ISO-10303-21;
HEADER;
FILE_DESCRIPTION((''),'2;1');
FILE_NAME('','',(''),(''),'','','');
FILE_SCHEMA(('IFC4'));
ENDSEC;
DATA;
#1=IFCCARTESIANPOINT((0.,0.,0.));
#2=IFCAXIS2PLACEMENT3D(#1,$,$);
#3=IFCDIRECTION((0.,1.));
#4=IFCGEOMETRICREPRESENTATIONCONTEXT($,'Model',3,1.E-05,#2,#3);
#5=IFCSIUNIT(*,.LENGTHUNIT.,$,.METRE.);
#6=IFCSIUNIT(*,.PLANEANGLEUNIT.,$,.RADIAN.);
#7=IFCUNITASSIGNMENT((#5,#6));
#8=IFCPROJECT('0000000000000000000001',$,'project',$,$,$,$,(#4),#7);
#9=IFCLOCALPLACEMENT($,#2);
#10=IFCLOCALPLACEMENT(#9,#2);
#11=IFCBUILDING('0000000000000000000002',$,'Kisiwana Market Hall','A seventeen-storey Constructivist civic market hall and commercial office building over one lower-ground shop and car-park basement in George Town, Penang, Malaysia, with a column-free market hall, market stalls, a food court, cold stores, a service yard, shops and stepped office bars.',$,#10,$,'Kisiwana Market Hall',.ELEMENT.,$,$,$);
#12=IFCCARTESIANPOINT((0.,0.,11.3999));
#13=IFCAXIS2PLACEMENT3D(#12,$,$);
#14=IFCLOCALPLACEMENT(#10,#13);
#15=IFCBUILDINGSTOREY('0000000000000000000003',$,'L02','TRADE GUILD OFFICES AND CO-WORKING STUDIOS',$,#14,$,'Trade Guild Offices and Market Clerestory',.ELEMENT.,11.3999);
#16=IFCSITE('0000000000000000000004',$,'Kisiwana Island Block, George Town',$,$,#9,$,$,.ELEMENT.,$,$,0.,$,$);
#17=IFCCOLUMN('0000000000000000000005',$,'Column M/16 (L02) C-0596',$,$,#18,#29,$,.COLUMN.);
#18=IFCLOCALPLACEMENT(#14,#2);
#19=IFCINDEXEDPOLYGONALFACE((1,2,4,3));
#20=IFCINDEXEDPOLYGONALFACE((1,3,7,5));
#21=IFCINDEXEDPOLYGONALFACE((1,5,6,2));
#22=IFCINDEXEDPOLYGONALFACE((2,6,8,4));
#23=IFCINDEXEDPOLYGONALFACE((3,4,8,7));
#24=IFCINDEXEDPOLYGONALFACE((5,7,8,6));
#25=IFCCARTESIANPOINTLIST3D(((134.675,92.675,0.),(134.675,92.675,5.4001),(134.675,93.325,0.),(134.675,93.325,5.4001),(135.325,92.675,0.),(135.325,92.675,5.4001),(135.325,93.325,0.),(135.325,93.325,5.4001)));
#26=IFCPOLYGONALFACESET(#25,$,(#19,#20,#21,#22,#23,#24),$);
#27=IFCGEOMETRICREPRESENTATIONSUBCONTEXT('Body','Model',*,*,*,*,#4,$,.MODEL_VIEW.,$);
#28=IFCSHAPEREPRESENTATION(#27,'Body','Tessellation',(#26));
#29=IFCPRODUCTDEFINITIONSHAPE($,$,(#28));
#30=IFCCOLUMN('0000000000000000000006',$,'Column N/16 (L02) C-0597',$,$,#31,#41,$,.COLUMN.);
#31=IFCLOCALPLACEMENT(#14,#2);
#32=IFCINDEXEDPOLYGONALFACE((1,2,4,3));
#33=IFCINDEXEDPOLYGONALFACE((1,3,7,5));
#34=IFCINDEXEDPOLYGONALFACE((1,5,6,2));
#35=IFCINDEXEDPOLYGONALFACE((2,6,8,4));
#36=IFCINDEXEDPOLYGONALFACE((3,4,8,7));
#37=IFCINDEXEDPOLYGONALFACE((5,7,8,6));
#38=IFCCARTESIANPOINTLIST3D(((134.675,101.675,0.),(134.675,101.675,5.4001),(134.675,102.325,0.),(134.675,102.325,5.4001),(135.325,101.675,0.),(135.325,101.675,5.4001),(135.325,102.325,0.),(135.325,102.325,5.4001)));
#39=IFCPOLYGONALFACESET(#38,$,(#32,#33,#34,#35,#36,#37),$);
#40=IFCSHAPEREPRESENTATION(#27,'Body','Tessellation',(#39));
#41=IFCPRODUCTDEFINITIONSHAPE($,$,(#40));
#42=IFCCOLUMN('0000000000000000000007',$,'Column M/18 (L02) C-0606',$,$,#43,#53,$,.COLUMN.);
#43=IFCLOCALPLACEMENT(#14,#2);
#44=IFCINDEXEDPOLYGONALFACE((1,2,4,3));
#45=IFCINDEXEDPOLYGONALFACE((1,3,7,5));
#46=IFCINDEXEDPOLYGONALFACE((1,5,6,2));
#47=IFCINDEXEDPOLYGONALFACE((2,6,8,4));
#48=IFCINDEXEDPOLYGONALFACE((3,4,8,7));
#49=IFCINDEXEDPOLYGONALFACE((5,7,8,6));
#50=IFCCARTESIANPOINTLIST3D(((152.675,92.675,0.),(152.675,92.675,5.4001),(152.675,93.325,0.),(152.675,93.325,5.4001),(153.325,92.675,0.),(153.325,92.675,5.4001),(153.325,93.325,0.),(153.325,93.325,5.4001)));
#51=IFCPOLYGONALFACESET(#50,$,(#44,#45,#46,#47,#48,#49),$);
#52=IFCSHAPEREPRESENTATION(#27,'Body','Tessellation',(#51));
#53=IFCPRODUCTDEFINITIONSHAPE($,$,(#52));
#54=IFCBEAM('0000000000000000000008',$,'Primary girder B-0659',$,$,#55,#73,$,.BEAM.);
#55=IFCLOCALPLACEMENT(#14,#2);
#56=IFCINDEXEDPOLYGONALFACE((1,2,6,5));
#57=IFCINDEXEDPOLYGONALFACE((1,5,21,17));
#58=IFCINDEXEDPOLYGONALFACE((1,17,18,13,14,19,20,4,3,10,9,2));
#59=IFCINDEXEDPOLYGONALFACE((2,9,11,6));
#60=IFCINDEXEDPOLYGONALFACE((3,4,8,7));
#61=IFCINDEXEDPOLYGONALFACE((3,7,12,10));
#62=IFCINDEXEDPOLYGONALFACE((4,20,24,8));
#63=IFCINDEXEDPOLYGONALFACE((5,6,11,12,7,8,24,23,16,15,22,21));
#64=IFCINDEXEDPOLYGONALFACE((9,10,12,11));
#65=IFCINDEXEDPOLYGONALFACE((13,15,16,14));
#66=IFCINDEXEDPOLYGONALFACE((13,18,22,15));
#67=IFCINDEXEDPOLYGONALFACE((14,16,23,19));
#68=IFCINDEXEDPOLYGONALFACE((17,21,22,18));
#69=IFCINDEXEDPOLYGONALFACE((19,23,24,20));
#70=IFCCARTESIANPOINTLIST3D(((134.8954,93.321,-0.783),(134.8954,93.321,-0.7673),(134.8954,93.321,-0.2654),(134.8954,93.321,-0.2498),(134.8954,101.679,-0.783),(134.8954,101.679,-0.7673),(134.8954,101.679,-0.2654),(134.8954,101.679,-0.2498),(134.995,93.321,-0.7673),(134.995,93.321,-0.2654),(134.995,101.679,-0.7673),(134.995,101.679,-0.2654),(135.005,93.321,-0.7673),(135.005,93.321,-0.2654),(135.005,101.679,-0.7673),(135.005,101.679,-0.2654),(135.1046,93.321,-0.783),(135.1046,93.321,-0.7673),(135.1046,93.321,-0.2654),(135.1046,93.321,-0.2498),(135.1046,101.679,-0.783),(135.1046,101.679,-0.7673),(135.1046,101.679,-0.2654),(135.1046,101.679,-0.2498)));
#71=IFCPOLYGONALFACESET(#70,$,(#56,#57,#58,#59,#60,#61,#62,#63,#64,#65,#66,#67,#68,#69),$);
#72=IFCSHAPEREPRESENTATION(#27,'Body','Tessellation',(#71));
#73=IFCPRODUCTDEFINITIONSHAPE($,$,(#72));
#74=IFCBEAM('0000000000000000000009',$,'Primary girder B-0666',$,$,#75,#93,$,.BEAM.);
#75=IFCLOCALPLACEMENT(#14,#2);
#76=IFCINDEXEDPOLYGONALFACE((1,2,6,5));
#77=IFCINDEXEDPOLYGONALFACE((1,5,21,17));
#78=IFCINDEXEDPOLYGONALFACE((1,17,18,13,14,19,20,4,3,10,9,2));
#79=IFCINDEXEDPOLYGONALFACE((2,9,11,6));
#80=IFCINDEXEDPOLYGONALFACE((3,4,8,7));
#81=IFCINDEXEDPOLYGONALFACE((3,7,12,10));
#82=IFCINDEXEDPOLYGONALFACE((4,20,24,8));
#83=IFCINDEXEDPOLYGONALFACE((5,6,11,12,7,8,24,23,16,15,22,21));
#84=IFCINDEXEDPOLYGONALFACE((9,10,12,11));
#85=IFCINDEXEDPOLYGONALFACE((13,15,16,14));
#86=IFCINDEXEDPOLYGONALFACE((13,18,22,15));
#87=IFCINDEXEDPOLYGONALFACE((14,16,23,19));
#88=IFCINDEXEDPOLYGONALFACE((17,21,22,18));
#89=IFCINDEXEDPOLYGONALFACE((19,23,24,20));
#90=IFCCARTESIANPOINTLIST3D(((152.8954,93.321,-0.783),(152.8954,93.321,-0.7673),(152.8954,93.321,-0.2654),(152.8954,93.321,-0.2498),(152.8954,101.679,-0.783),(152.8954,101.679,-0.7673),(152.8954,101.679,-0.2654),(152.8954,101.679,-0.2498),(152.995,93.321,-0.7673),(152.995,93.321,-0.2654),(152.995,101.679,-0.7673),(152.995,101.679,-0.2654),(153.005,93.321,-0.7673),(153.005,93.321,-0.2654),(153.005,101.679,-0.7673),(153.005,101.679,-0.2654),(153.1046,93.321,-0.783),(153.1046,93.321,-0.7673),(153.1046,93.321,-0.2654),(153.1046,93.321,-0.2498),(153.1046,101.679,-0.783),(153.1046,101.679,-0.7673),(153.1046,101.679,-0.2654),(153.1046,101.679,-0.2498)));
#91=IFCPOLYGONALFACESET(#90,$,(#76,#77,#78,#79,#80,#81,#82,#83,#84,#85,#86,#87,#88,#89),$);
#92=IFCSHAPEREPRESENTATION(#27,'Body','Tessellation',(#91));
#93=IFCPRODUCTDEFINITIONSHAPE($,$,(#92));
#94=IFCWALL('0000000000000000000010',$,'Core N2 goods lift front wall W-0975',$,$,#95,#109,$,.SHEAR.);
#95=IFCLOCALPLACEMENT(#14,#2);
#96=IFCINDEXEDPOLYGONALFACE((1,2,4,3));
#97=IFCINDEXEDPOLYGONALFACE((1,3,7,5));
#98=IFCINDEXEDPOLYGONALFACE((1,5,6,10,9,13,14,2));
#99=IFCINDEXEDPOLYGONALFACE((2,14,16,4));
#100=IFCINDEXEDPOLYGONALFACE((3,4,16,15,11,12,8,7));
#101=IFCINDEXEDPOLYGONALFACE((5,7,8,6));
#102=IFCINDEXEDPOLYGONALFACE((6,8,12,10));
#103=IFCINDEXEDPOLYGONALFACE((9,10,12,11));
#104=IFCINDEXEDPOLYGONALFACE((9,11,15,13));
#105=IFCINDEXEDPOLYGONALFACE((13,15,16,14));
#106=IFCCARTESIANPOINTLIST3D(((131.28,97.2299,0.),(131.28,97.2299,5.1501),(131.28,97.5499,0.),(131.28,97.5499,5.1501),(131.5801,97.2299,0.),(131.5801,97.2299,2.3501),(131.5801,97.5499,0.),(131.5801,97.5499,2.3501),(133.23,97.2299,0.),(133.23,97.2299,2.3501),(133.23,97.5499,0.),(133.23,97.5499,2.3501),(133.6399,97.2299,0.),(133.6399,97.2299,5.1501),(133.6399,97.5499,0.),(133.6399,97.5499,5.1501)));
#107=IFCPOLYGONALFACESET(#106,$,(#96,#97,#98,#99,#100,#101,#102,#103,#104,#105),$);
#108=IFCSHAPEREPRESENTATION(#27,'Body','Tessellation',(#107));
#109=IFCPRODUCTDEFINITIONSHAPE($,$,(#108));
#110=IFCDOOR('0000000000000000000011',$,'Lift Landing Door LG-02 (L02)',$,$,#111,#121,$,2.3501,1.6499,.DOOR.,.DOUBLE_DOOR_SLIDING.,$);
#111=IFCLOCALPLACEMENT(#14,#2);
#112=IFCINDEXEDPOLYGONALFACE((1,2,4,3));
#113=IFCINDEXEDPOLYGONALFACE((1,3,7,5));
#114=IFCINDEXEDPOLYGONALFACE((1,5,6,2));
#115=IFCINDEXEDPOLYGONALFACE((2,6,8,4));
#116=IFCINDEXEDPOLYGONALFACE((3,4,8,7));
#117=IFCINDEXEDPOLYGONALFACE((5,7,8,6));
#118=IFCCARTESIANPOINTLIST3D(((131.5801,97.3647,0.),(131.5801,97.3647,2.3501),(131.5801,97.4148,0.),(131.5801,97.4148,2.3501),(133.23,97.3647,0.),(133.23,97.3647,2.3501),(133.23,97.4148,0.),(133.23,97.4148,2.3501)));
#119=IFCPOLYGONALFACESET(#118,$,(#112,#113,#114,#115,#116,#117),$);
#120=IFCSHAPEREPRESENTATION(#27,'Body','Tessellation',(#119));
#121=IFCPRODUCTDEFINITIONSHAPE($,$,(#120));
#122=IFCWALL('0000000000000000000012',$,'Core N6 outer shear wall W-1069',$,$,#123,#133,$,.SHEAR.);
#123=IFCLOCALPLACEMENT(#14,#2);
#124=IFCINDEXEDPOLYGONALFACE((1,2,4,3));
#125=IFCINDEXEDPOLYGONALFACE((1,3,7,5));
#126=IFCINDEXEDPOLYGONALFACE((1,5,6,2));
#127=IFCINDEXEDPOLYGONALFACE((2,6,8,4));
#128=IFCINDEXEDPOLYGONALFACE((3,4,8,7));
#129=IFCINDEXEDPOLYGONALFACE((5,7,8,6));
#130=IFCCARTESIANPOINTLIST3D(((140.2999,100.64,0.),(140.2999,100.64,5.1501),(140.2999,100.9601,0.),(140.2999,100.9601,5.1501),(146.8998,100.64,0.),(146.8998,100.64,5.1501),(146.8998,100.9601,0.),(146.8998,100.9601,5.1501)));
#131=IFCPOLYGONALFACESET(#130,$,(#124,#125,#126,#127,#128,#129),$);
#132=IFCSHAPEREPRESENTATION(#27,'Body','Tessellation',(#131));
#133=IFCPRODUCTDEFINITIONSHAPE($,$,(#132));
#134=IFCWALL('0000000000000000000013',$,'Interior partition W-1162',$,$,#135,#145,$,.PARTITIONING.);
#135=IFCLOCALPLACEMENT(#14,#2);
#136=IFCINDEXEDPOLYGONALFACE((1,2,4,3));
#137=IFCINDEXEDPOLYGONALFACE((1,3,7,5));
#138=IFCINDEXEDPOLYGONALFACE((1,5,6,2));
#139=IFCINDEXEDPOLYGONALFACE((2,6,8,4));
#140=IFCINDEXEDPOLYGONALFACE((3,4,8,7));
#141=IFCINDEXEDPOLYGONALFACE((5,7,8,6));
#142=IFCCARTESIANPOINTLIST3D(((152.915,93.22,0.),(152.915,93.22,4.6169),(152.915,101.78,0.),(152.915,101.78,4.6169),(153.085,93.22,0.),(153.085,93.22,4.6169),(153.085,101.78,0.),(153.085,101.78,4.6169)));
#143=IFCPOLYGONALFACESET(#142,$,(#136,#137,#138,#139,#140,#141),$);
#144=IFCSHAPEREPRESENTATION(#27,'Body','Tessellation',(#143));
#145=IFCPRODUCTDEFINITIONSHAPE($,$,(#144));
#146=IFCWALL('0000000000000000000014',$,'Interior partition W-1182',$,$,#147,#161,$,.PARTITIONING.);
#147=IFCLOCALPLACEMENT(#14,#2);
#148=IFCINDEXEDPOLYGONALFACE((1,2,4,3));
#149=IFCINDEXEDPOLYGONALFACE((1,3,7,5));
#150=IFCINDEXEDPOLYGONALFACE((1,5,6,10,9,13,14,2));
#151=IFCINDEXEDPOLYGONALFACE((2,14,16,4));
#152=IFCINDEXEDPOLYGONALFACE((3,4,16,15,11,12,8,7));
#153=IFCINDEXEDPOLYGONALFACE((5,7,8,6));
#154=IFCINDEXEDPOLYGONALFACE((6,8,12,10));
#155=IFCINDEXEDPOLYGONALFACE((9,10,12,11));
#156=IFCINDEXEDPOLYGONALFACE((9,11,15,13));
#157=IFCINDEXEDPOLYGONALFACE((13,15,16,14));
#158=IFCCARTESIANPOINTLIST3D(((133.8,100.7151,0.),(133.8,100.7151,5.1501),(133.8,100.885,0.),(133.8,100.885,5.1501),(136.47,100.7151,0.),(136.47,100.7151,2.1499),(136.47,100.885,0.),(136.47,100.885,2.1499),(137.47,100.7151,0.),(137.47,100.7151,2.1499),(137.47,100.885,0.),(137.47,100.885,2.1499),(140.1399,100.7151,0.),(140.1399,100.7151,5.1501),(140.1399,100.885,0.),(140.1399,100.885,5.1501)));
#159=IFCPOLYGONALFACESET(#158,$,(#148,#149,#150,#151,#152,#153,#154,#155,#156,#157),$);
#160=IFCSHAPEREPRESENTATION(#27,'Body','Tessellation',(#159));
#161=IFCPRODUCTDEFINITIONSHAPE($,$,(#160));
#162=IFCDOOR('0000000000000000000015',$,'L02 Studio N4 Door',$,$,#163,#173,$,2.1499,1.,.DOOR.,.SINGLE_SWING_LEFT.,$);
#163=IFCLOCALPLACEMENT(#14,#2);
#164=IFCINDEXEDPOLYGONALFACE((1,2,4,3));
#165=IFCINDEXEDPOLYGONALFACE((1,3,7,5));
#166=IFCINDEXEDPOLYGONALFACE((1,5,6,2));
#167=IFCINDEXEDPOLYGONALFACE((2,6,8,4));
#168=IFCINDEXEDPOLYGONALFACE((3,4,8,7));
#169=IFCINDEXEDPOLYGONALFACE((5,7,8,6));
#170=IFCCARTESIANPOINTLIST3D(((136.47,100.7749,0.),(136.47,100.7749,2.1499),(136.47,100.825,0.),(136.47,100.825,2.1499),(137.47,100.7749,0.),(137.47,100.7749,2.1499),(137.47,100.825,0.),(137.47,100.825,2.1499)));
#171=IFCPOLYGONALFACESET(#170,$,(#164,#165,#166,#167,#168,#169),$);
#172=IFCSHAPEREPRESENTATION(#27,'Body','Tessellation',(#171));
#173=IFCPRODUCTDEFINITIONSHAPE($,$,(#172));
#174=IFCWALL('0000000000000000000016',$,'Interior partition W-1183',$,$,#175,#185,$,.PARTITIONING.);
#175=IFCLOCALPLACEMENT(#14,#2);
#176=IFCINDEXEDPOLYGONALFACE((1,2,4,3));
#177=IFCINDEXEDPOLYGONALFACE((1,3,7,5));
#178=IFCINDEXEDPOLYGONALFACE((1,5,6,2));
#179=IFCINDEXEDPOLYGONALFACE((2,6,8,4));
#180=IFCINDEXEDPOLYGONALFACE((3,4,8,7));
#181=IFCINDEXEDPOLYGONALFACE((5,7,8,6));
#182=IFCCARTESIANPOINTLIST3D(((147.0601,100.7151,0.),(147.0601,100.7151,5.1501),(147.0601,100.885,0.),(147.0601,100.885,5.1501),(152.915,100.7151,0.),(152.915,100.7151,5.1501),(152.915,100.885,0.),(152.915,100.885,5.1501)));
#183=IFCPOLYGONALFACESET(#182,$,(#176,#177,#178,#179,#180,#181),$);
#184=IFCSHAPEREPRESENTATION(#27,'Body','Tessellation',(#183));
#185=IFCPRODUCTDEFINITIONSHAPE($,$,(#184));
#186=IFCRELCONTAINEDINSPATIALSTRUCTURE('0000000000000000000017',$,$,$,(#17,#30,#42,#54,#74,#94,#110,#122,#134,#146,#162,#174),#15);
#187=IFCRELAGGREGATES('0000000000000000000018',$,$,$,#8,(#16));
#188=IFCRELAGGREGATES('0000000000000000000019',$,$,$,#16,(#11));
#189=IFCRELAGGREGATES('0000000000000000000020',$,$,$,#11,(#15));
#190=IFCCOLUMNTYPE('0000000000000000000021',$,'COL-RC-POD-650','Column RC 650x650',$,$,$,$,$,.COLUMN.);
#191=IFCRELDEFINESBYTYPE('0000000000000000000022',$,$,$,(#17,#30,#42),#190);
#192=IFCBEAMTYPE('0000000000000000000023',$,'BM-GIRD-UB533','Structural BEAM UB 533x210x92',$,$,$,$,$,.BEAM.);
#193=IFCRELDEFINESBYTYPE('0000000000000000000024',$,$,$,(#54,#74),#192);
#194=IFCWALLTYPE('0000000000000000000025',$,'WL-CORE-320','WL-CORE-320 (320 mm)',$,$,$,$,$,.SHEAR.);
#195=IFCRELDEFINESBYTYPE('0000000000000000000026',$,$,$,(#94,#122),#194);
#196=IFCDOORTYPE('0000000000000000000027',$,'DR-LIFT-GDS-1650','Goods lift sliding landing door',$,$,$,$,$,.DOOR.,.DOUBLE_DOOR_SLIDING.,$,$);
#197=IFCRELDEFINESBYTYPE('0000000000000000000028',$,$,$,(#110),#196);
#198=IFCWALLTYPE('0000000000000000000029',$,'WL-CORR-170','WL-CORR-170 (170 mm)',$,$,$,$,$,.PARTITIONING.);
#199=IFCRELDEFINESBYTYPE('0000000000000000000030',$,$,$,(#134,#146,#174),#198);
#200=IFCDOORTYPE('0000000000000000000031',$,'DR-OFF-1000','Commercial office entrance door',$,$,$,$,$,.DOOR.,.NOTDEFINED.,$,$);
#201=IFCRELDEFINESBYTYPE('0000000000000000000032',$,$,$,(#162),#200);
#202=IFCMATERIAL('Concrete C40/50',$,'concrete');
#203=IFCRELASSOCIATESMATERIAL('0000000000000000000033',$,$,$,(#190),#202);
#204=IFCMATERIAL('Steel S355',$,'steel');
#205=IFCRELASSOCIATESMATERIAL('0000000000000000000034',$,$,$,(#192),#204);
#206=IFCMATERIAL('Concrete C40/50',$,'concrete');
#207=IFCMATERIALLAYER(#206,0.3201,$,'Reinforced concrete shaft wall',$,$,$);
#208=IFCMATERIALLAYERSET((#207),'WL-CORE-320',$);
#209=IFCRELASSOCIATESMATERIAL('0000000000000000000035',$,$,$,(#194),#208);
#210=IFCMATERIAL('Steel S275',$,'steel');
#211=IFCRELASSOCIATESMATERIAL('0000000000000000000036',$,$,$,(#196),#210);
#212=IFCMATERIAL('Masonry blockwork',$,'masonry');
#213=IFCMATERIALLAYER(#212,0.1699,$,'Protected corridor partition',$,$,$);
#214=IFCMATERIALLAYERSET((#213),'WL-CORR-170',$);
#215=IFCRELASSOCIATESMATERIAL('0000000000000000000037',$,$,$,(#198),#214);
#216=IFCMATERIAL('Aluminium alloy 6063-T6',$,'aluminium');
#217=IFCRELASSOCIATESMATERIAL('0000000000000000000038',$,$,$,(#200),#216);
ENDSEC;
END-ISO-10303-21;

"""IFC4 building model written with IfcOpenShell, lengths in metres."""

from ifc_helpers import new_model, si_unit, direction, frame, frame_2d, origin, origin_2d, place, context, subcontext, project, spatial, rectangle, i_section, extrude, material, layer, layer_set, material_profile, profile_set, type_object, element, fill, save


model = new_model("IFC4")

# Units and contexts
model_context = context("Model", 3, precision=1e-05, world=origin(), true_north=direction((0.0, 1.0)))
body_context = subcontext(model_context, "Body", "Model", "MODEL_VIEW")
ifc_project = project(units=[si_unit("LENGTHUNIT", "METRE"), si_unit("PLANEANGLEUNIT", "RADIAN")], contexts=[model_context])

# Site, building, storey
site_placement = place(None, origin())
site = spatial("IfcSite", under=ifc_project, at=site_placement, Name="Kisiwana Island Block, George Town", CompositionType="ELEMENT", RefElevation=0.0)
building_placement = place(site_placement, origin())
building = spatial("IfcBuilding", under=site, at=building_placement, Name="Kisiwana Market Hall", Description="A seventeen-storey Constructivist civic market hall and commercial office building over one lower-ground shop and car-park basement in George Town, Penang, Malaysia, with a column-free market hall, market stalls, a food court, cold stores, a service yard, shops and stepped office bars.", LongName="Kisiwana Market Hall", CompositionType="ELEMENT")
storey_placement = place(building_placement, frame((0.0, 0.0, 11.3999)))
storey = spatial("IfcBuildingStorey", under=building, at=storey_placement, Name="L02", Description="TRADE GUILD OFFICES AND CO-WORKING STUDIOS", LongName="Trade Guild Offices and Market Clerestory", CompositionType="ELEMENT", Elevation=11.3999)

# Columns
ifc_material_1 = material(Name="Concrete C40/50", Category="concrete")
ifc_material_profile_1 = material_profile(ifc_material_1, rectangle(XDim=0.6499, YDim=0.6499, at=origin_2d()), Name="RC 650x650")
ifc_profile_set_1 = profile_set([ifc_material_profile_1], Name="Concrete C40/50")
column_type = type_object("IfcColumnType", Name="COL-RC-POD-650", Description="Column RC 650x650", PredefinedType="COLUMN", material=ifc_profile_set_1)
for number, where, z_axis, x_axis, name in (
    (1, (135.0, 93.0, 0.0), (0.0, 0.0, 1.0), (1.0, 0.0, 0.0), "Column M/16 (L02) C-0596"),
    (2, (135.0, 102.0, 0.0), (0.0, 0.0, 1.0), (1.0, 0.0, 0.0), "Column N/16 (L02) C-0597"),
    (3, (153.0, 93.0, 0.0), (0.0, 0.0, 1.0), (1.0, 0.0, 0.0), "Column M/18 (L02) C-0606"),
):
    element("IfcColumn", number, at=place(storey_placement, frame(where, z_axis=z_axis, x_axis=x_axis)), inside=storey, type_object=column_type, Name=name, PredefinedType="COLUMN", context=body_context, shape_type="SweptSolid", body=[
        extrude(rectangle(XDim=0.6499, YDim=0.6499, at=origin_2d()), origin(), (0.0, 0.0, 1.0), 5.4001),
    ])

# Beams
ifc_material_2 = material(Name="Steel S355", Category="steel")
ifc_material_profile_2 = material_profile(ifc_material_2, i_section(OverallWidth=0.2092, OverallDepth=0.5332, WebThickness=0.01, FlangeThickness=0.0156, at=origin_2d()), Name="UB 533x210x92")
ifc_profile_set_2 = profile_set([ifc_material_profile_2], Name="Steel S355")
beam_type = type_object("IfcBeamType", Name="BM-GIRD-UB533", Description="Structural BEAM UB 533x210x92", PredefinedType="BEAM", material=ifc_profile_set_2)
for number, where, z_axis, x_axis, name in (
    (4, (135.0, 93.321, -0.5164), (0.0, 1.0, 0.0), (-1.0, 0.0, 0.0), "Primary girder B-0659"),
    (5, (153.0, 93.321, -0.5164), (0.0, 1.0, 0.0), (-1.0, 0.0, 0.0), "Primary girder B-0666"),
):
    element("IfcBeam", number, at=place(storey_placement, frame(where, z_axis=z_axis, x_axis=x_axis)), inside=storey, type_object=beam_type, Name=name, PredefinedType="BEAM", context=body_context, shape_type="SweptSolid", body=[
        extrude(i_section(OverallWidth=0.2092, OverallDepth=0.5332, WebThickness=0.01, FlangeThickness=0.0156, at=origin_2d()), origin(), (0.0, 0.0, 1.0), 8.3579),
    ])

# Wall, opening, door
ifc_material_3 = material(Name="Concrete C40/50", Category="concrete")
ifc_layer_1 = layer(ifc_material_3, 0.3201, Name="Reinforced concrete shaft wall")
ifc_layer_set_1 = layer_set([ifc_layer_1], Name="WL-CORE-320")
wall_type_1 = type_object("IfcWallType", Name="WL-CORE-320", Description="WL-CORE-320 (320 mm)", PredefinedType="SHEAR", material=ifc_layer_set_1)
wall_1_placement = place(storey_placement, frame((131.28, 97.3899, 0.0), z_axis=(0.0, 0.0, 1.0), x_axis=(1.0, 0.0, 0.0)))
wall_1 = element("IfcWall", 6, at=wall_1_placement, inside=storey, type_object=wall_type_1, Name="Core N2 goods lift front wall W-0975", PredefinedType="SHEAR", context=body_context, shape_type="SweptSolid", body=[
    extrude(rectangle(XDim=2.3599, YDim=0.3201, at=frame_2d((1.1799, 0.0))), origin(), (0.0, 0.0, 1.0), 5.1501),
])
opening_1_placement = place(wall_1_placement, frame((0.3, 0.0, 0.0)))
opening_1 = element("IfcOpeningElement", 7, at=opening_1_placement, cuts=wall_1, PredefinedType="OPENING", context=body_context, shape_type="SweptSolid", body=[
    extrude(rectangle(XDim=1.6499, YDim=2.3501, at=frame_2d((0.825, 1.175))), frame((0.0, 0.1719, 0.0), z_axis=(0.0, -1.0, 0.0), x_axis=(1.0, 0.0, 0.0)), (0.0, 0.0, 1.0), 0.344),
])
ifc_material_4 = material(Name="Steel S275", Category="steel")
door_type_1 = type_object("IfcDoorType", Name="DR-LIFT-GDS-1650", Description="Goods lift sliding landing door", OperationType="DOUBLE_DOOR_SLIDING", PredefinedType="DOOR", material=ifc_material_4)
door_1_placement = place(opening_1_placement, origin())
door_1 = element("IfcDoor", 8, at=door_1_placement, inside=storey, type_object=door_type_1, Name="Lift Landing Door LG-02 (L02)", OperationType="DOUBLE_DOOR_SLIDING", OverallHeight=2.3501, OverallWidth=1.6499, PredefinedType="DOOR", context=body_context, shape_type="SweptSolid", body=[
    extrude(rectangle(XDim=1.6499, YDim=2.3501, at=frame_2d((0.825, 1.175))), frame((0.0, 0.0249, 0.0), z_axis=(0.0, -1.0, 0.0), x_axis=(1.0, 0.0, 0.0)), (0.0, 0.0, 1.0), 0.05),
])
fill(opening_1, door_1)

# Walls
wall_2_placement = place(storey_placement, frame((140.3, 100.8, 0.0), z_axis=(0.0, 0.0, 1.0), x_axis=(1.0, 0.0, 0.0)))
element("IfcWall", 9, at=wall_2_placement, inside=storey, type_object=wall_type_1, Name="Core N6 outer shear wall W-1069", PredefinedType="SHEAR", context=body_context, shape_type="SweptSolid", body=[
    extrude(rectangle(XDim=6.5999, YDim=0.3201, at=frame_2d((3.2998, 0.0))), origin(), (0.0, 0.0, 1.0), 5.1501),
])
ifc_material_5 = material(Name="Masonry blockwork", Category="masonry")
ifc_layer_2 = layer(ifc_material_5, 0.1699, Name="Protected corridor partition")
ifc_layer_set_2 = layer_set([ifc_layer_2], Name="WL-CORR-170")
wall_type_2 = type_object("IfcWallType", Name="WL-CORR-170", Description="WL-CORR-170 (170 mm)", PredefinedType="PARTITIONING", material=ifc_layer_set_2)
wall_3_placement = place(storey_placement, frame((153.0, 93.22, 0.0), z_axis=(0.0, 0.0, 1.0), x_axis=(0.0, 1.0, 0.0)))
element("IfcWall", 10, at=wall_3_placement, inside=storey, type_object=wall_type_2, Name="Interior partition W-1162", PredefinedType="PARTITIONING", context=body_context, shape_type="SweptSolid", body=[
    extrude(rectangle(XDim=8.5601, YDim=0.1699, at=frame_2d((4.28, 0.0))), origin(), (0.0, 0.0, 1.0), 4.6169),
])

# Wall, opening, door
wall_4_placement = place(storey_placement, frame((133.8, 100.8, 0.0), z_axis=(0.0, 0.0, 1.0), x_axis=(1.0, 0.0, 0.0)))
wall_4 = element("IfcWall", 11, at=wall_4_placement, inside=storey, type_object=wall_type_2, Name="Interior partition W-1182", PredefinedType="PARTITIONING", context=body_context, shape_type="SweptSolid", body=[
    extrude(rectangle(XDim=6.3398, YDim=0.1699, at=frame_2d((3.1699, 0.0))), origin(), (0.0, 0.0, 1.0), 5.1501),
])
opening_2_placement = place(wall_4_placement, frame((2.6699, 0.0, 0.0)))
opening_2 = element("IfcOpeningElement", 12, at=opening_2_placement, cuts=wall_4, PredefinedType="OPENING", context=body_context, shape_type="SweptSolid", body=[
    extrude(rectangle(XDim=1.0, YDim=2.1499, at=frame_2d((0.5, 1.075))), frame((0.0, 0.0969, 0.0), z_axis=(0.0, -1.0, 0.0), x_axis=(1.0, 0.0, 0.0)), (0.0, 0.0, 1.0), 0.1938),
])
ifc_material_6 = material(Name="Aluminium alloy 6063-T6", Category="aluminium")
door_type_2 = type_object("IfcDoorType", Name="DR-OFF-1000", Description="Commercial office entrance door", OperationType="NOTDEFINED", PredefinedType="DOOR", material=ifc_material_6)
door_2_placement = place(opening_2_placement, origin())
door_2 = element("IfcDoor", 13, at=door_2_placement, inside=storey, type_object=door_type_2, Name="L02 Studio N4 Door", OperationType="SINGLE_SWING_LEFT", OverallHeight=2.1499, OverallWidth=1.0, PredefinedType="DOOR", context=body_context, shape_type="SweptSolid", body=[
    extrude(rectangle(XDim=1.0, YDim=2.1499, at=frame_2d((0.5, 1.075))), frame((0.0, 0.0249, 0.0), z_axis=(0.0, -1.0, 0.0), x_axis=(1.0, 0.0, 0.0)), (0.0, 0.0, 1.0), 0.05),
])
fill(opening_2, door_2)

# Wall
wall_5_placement = place(storey_placement, frame((147.0601, 100.8, 0.0), z_axis=(0.0, 0.0, 1.0), x_axis=(1.0, 0.0, 0.0)))
element("IfcWall", 14, at=wall_5_placement, inside=storey, type_object=wall_type_2, Name="Interior partition W-1183", PredefinedType="PARTITIONING", context=body_context, shape_type="SweptSolid", body=[
    extrude(rectangle(XDim=5.855, YDim=0.1699, at=frame_2d((2.9275, 0.0))), origin(), (0.0, 0.0, 1.0), 5.1501),
])

save(model, "model.ifc")
